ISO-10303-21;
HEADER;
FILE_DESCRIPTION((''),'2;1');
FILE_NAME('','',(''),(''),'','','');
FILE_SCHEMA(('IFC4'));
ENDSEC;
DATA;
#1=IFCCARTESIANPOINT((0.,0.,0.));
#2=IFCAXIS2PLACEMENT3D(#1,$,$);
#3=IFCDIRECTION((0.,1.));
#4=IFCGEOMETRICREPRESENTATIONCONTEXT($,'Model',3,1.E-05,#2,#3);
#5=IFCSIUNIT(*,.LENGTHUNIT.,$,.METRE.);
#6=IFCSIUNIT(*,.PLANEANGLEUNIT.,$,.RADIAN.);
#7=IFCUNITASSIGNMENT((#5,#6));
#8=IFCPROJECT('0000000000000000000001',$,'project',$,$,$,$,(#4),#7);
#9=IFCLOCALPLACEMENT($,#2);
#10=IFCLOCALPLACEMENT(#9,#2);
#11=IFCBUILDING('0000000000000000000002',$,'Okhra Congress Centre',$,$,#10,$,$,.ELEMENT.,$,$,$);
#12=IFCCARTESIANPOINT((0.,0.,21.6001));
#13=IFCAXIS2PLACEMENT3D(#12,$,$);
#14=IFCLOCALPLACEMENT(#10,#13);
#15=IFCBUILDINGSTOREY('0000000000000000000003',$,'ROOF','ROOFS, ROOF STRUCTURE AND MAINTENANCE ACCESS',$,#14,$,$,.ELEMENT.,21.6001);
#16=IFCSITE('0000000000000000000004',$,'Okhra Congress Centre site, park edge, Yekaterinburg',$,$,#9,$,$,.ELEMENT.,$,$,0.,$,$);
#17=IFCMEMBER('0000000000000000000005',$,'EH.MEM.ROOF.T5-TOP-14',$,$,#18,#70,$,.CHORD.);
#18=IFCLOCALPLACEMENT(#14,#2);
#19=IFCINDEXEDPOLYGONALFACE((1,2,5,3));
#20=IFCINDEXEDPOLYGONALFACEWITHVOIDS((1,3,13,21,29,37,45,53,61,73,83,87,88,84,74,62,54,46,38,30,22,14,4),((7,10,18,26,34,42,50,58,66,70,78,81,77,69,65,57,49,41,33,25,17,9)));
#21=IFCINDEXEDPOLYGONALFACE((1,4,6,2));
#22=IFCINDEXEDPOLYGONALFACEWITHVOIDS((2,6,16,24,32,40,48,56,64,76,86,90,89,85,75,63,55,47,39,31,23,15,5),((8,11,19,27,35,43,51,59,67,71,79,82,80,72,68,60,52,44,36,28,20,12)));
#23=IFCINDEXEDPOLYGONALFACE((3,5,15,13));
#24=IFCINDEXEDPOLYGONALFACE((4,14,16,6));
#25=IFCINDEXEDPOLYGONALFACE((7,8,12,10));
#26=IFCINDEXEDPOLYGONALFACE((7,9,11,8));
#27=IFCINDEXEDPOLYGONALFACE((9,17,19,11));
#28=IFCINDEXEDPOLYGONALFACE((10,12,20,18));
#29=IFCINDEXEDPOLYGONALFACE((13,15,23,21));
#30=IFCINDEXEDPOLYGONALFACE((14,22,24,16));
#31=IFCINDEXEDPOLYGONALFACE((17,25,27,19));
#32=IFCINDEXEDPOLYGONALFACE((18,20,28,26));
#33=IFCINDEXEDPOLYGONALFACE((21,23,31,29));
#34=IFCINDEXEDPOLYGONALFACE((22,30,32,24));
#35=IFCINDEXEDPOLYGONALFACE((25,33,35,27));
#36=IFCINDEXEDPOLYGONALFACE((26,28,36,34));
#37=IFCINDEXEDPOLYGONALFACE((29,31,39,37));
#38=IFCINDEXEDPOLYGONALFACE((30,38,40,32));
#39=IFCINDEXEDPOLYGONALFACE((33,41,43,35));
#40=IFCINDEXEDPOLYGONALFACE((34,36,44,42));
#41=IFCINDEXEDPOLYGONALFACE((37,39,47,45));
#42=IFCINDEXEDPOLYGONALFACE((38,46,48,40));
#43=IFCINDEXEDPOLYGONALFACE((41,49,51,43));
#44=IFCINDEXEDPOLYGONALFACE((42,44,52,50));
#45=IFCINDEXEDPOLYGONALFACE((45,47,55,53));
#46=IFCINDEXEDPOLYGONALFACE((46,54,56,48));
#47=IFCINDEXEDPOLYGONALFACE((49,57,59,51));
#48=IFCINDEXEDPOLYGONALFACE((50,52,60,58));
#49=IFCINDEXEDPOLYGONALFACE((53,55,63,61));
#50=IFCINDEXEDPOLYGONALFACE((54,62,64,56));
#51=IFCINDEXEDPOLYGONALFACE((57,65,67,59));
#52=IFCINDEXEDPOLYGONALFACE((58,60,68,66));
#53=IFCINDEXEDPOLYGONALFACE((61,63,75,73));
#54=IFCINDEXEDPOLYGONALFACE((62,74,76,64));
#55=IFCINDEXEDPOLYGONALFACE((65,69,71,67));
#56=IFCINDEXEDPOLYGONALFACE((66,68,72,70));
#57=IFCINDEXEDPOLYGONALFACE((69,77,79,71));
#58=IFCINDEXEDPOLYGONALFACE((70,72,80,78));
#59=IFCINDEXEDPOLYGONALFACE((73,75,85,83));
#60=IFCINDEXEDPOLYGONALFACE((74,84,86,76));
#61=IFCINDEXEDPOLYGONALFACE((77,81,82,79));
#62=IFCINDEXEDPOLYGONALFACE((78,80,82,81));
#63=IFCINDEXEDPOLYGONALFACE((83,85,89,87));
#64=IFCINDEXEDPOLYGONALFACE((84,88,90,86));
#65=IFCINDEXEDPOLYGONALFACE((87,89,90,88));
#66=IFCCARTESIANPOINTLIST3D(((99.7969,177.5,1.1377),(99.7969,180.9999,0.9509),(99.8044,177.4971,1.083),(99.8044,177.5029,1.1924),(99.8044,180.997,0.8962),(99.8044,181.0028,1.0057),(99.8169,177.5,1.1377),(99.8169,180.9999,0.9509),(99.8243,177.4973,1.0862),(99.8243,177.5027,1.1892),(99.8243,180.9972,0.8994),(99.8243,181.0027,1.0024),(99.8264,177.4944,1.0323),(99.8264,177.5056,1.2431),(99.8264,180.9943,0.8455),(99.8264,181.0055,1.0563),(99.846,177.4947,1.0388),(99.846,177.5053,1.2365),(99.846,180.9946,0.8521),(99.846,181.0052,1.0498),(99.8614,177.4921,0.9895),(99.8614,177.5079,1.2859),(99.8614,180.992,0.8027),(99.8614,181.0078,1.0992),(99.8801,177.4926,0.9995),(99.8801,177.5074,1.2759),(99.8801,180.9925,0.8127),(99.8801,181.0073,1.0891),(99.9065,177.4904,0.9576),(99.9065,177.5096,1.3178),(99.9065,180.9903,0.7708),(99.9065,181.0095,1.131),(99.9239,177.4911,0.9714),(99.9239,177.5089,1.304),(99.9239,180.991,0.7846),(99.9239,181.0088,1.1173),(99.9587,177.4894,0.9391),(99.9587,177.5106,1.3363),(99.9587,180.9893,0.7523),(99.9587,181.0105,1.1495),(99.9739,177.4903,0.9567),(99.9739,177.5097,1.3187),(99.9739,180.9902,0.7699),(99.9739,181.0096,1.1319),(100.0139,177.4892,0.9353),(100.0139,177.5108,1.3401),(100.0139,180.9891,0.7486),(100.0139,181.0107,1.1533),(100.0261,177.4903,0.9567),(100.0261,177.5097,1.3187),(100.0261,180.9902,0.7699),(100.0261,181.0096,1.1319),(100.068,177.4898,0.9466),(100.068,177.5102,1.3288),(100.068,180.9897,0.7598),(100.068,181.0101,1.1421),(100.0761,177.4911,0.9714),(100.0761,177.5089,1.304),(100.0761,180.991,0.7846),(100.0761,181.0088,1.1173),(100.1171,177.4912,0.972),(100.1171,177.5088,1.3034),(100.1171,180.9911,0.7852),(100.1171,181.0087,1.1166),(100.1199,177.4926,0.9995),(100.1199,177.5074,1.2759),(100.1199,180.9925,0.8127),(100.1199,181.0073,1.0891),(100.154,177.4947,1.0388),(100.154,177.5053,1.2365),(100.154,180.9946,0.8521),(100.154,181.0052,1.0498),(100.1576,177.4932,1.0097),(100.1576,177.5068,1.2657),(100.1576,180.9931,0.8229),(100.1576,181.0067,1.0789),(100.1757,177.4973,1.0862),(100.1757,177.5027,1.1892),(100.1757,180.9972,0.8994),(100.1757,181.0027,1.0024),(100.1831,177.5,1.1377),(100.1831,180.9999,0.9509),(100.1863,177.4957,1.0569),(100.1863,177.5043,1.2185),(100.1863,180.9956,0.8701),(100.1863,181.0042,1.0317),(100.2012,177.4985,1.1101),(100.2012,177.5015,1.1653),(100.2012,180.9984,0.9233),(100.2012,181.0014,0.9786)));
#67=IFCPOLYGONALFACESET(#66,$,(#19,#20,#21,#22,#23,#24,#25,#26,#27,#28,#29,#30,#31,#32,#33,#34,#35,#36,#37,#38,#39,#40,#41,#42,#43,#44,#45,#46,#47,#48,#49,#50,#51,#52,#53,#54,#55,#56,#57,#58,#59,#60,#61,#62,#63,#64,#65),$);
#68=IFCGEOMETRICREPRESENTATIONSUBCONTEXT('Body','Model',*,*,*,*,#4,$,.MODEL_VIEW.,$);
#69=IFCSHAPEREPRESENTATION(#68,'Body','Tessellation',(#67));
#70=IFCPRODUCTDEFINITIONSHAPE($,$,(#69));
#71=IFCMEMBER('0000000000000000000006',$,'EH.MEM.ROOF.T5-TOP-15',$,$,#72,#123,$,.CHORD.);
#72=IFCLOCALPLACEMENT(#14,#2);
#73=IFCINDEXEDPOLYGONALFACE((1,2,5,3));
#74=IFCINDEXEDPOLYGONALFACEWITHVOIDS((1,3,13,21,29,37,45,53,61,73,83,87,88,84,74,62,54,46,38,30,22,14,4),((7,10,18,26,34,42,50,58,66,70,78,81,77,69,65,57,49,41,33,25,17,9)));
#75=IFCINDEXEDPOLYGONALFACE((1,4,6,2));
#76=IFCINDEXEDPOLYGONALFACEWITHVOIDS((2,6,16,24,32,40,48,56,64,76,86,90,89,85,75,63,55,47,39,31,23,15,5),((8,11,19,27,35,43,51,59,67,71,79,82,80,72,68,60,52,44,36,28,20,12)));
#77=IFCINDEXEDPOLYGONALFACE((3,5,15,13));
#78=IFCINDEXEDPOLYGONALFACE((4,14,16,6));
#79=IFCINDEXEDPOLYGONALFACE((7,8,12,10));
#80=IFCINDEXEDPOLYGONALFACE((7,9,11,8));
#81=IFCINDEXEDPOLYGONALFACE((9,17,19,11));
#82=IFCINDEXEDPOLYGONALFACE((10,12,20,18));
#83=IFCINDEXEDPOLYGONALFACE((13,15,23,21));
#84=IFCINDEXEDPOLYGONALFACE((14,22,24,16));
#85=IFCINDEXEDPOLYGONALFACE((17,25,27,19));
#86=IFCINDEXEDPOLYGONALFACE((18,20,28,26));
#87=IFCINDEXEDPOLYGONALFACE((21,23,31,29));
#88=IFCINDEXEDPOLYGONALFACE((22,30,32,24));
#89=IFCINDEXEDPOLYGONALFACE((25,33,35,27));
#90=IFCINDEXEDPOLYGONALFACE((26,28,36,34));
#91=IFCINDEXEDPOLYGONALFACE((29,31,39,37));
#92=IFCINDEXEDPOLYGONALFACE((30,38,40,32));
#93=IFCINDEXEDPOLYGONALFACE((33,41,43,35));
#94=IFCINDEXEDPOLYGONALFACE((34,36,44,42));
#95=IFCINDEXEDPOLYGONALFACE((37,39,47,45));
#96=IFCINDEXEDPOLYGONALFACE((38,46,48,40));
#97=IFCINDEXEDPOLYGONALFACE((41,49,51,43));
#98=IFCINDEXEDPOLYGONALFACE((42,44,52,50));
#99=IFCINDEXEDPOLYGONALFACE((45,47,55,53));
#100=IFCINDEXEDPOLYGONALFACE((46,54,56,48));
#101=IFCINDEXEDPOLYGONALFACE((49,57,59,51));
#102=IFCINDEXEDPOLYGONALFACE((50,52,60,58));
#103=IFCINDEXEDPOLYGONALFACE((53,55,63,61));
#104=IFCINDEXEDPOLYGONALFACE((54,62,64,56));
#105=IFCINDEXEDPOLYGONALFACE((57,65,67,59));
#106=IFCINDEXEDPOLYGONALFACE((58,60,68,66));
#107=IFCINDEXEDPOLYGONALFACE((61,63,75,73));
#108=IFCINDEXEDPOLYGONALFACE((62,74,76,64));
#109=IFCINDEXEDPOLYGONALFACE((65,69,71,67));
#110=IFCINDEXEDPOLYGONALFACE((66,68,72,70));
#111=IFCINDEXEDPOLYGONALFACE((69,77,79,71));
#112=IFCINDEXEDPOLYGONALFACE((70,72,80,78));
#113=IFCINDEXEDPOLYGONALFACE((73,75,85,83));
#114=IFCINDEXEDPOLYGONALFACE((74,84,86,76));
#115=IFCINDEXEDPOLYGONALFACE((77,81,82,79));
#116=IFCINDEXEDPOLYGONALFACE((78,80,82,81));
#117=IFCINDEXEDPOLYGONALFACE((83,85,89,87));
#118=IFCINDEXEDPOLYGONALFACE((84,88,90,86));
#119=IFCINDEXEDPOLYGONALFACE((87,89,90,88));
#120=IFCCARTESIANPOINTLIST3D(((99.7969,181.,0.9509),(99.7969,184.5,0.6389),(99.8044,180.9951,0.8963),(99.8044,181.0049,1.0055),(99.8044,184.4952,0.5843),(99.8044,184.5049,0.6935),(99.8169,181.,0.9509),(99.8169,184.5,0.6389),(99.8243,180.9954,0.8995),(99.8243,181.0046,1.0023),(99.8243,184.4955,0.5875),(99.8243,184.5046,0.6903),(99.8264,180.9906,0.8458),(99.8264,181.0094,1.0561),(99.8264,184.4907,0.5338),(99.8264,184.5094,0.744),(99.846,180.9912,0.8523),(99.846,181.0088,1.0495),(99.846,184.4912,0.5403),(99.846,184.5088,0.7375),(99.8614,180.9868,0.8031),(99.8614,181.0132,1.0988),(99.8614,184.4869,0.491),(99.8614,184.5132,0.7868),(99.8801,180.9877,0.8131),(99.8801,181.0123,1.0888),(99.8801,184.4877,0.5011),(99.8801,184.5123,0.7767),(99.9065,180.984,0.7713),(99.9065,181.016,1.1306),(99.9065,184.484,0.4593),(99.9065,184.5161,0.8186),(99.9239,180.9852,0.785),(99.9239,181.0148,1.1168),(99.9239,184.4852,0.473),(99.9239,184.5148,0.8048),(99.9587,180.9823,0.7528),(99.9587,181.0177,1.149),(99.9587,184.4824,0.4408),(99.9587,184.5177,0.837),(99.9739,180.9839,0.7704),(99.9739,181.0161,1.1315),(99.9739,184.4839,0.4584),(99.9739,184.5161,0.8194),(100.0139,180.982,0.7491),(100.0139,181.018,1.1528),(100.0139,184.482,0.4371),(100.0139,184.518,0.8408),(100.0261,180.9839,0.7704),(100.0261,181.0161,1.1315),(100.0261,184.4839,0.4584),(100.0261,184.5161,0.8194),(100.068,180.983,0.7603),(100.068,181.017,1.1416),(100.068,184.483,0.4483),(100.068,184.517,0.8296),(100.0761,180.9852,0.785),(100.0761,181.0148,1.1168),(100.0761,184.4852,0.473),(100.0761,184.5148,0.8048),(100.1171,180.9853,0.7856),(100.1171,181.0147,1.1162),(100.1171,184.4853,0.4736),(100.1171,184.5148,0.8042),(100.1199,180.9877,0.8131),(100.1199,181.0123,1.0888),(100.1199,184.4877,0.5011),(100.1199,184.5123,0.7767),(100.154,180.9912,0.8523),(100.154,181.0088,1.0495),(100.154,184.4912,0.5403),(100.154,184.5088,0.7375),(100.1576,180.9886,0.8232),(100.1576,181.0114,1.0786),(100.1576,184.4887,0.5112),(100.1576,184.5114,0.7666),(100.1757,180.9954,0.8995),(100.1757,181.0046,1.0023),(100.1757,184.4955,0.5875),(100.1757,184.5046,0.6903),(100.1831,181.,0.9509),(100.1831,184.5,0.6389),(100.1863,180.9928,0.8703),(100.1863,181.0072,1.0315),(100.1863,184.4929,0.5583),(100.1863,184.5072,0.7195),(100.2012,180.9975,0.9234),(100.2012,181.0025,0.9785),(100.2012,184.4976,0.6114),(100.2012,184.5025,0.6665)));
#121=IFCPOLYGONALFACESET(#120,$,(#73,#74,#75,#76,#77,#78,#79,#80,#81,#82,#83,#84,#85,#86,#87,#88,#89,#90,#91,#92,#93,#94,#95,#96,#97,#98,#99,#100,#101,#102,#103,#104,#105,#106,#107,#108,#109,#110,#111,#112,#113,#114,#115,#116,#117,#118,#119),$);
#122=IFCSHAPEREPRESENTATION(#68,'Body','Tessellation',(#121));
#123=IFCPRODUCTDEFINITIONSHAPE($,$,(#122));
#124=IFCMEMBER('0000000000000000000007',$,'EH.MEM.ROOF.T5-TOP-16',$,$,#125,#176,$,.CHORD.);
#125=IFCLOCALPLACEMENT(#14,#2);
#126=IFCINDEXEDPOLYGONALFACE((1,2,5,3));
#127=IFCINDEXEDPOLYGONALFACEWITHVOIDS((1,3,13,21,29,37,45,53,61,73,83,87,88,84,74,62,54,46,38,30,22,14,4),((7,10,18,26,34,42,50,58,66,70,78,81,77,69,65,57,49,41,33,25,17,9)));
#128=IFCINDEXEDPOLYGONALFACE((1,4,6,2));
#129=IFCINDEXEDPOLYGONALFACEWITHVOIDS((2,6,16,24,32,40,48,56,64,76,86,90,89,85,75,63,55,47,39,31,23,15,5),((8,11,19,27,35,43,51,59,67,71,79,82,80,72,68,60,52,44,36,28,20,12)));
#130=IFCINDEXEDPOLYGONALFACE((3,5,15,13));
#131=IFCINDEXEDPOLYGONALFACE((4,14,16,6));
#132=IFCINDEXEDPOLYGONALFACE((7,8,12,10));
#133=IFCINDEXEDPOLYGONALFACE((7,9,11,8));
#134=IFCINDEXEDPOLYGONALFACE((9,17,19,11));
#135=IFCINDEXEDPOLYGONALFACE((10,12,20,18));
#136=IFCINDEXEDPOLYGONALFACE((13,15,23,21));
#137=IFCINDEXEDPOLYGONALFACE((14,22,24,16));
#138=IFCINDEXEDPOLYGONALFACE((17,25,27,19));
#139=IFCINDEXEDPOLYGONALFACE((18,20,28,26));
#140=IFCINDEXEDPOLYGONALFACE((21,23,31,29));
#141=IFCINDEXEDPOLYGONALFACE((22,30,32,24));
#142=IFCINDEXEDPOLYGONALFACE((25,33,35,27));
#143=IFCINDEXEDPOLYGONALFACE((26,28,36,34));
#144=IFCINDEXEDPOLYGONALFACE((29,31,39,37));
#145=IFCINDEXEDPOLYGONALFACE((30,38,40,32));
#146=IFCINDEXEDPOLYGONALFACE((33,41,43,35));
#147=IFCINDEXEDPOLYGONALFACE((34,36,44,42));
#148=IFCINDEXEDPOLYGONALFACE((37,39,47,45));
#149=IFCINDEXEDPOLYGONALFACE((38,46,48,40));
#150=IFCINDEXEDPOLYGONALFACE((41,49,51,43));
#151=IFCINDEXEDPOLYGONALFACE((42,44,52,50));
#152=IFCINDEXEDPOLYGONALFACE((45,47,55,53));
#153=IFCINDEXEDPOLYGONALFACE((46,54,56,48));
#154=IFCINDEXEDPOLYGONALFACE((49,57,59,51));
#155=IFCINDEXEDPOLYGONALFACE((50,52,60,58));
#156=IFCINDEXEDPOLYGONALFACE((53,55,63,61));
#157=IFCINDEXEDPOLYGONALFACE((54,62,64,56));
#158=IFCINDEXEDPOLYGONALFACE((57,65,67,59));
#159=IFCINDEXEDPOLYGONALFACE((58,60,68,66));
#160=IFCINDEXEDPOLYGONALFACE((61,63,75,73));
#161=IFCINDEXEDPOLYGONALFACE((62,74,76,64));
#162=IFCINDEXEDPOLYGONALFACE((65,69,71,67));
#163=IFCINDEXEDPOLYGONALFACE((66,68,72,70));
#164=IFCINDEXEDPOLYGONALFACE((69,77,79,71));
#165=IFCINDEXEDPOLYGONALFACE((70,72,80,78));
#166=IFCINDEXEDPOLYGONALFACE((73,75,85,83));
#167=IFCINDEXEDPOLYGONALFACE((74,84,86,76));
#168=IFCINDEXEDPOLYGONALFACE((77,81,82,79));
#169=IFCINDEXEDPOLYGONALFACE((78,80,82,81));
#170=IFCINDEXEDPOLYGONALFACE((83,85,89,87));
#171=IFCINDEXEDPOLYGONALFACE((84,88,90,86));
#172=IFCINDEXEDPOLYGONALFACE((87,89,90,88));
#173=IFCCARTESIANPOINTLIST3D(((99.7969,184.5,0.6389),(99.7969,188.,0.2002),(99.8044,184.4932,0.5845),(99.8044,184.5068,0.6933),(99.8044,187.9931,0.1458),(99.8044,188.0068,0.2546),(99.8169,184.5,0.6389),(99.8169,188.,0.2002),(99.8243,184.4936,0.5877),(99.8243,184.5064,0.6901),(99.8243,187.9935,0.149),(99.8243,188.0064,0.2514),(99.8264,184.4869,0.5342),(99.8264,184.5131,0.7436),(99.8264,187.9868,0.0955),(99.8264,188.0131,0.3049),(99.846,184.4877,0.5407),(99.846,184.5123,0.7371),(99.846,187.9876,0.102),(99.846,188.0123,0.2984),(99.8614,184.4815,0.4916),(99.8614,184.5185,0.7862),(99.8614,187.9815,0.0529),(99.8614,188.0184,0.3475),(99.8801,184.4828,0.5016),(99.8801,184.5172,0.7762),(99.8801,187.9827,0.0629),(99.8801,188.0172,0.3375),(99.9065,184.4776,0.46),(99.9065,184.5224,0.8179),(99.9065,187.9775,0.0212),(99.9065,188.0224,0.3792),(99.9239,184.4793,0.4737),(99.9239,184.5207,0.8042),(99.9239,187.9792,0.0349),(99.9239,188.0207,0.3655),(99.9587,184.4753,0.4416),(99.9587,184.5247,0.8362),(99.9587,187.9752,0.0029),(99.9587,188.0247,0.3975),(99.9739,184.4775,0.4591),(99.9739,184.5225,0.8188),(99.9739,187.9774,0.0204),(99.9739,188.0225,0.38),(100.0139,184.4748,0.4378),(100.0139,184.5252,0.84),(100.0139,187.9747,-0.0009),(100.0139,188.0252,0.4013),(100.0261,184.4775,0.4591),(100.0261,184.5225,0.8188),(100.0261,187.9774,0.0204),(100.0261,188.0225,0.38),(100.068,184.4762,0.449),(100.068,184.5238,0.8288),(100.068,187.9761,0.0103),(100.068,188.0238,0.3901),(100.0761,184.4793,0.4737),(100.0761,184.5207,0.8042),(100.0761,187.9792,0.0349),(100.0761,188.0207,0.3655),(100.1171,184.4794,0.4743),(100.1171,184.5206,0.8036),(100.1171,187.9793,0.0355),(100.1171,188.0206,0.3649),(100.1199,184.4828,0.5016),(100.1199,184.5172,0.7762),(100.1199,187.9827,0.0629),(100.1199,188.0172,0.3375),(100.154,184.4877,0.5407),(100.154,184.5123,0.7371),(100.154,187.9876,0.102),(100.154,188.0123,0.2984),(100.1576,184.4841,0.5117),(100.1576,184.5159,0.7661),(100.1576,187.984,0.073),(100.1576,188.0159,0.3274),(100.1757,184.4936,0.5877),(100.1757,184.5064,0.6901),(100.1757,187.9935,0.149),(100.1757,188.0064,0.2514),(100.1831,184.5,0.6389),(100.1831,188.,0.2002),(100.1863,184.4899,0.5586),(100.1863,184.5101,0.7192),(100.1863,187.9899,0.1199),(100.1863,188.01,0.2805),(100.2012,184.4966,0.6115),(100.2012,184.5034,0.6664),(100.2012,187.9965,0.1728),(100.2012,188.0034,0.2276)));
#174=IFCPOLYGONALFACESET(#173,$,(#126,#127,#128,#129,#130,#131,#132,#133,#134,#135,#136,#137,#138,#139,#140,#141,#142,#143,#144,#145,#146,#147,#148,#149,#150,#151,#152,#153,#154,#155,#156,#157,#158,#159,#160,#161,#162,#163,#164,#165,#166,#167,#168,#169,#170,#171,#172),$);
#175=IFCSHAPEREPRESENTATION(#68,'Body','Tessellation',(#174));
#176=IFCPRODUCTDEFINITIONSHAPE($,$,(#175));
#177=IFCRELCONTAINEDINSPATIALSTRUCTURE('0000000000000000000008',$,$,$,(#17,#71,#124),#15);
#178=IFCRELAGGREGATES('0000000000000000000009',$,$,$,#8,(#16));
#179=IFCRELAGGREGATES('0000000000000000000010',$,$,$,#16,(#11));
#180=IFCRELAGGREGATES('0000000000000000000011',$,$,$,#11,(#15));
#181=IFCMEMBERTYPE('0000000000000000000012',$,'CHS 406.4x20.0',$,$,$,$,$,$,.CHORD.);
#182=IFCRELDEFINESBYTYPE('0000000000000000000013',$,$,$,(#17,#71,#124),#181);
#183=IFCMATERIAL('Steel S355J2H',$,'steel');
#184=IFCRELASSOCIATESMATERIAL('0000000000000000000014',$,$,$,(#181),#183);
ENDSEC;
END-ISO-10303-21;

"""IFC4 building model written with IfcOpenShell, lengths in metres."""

from ifc_helpers import new_model, si_unit, direction, frame, origin, origin_2d, place, context, subcontext, project, spatial, hollow_circle, extrude, material, material_profile, profile_set, type_object, element, save


model = new_model("IFC4")

# Units and contexts
model_context = context("Model", 3, precision=1e-05, world=origin(), true_north=direction((0.0, 1.0)))
body_context = subcontext(model_context, "Body", "Model", "MODEL_VIEW")
ifc_project = project(units=[si_unit("LENGTHUNIT", "METRE"), si_unit("PLANEANGLEUNIT", "RADIAN")], contexts=[model_context])

# Site, building, storey
site_placement = place(None, origin())
site = spatial("IfcSite", under=ifc_project, at=site_placement, Name="Okhra Congress Centre site, park edge, Yekaterinburg", CompositionType="ELEMENT", RefElevation=0.0)
building_placement = place(site_placement, origin())
building = spatial("IfcBuilding", under=site, at=building_placement, Name="Okhra Congress Centre", CompositionType="ELEMENT")
storey_placement = place(building_placement, frame((0.0, 0.0, 21.6001)))
storey = spatial("IfcBuildingStorey", under=building, at=storey_placement, Name="ROOF", Description="ROOFS, ROOF STRUCTURE AND MAINTENANCE ACCESS", CompositionType="ELEMENT", Elevation=21.6001)

# Members
ifc_material_1 = material(Name="Steel S355J2H", Category="steel")
ifc_material_profile_1 = material_profile(ifc_material_1, hollow_circle(Radius=0.2031, WallThickness=0.02, at=origin_2d()), Name="CHS 406.4x20.0")
ifc_profile_set_1 = profile_set([ifc_material_profile_1], Name="Steel S355J2H")
member_type_1 = type_object("IfcMemberType", Name="CHS 406.4x20.0", PredefinedType="CHORD", material=ifc_profile_set_1)
member_1_placement = place(storey_placement, frame((100.0, 177.5, 1.1377), z_axis=(0.0, 0.998579, -0.053286), x_axis=(-1.0, 0.0, 0.0)))
element("IfcMember", 1, at=member_1_placement, inside=storey, type_object=member_type_1, Name="EH.MEM.ROOF.T5-TOP-14", PredefinedType="CHORD", context=body_context, shape_type="SweptSolid", body=[
    extrude(hollow_circle(Radius=0.2031, WallThickness=0.02, at=origin_2d()), origin(), (0.0, 0.0, 1.0), 3.5049),
])
member_2_placement = place(storey_placement, frame((100.0, 181.0, 0.9509), z_axis=(0.0, 0.99605, -0.088794), x_axis=(-1.0, 0.0, 0.0)))
element("IfcMember", 2, at=member_2_placement, inside=storey, type_object=member_type_1, Name="EH.MEM.ROOF.T5-TOP-15", PredefinedType="CHORD", context=body_context, shape_type="SweptSolid", body=[
    extrude(hollow_circle(Radius=0.2031, WallThickness=0.02, at=origin_2d()), origin(), (0.0, 0.0, 1.0), 3.5139),
])
member_3_placement = place(storey_placement, frame((100.0, 184.5, 0.6389), z_axis=(0.0, 0.992235, -0.124375), x_axis=(-1.0, 0.0, 0.0)))
element("IfcMember", 3, at=member_3_placement, inside=storey, type_object=member_type_1, Name="EH.MEM.ROOF.T5-TOP-16", PredefinedType="CHORD", context=body_context, shape_type="SweptSolid", body=[
    extrude(hollow_circle(Radius=0.2031, WallThickness=0.02, at=origin_2d()), origin(), (0.0, 0.0, 1.0), 3.5273),
])

save(model, "model.ifc")
